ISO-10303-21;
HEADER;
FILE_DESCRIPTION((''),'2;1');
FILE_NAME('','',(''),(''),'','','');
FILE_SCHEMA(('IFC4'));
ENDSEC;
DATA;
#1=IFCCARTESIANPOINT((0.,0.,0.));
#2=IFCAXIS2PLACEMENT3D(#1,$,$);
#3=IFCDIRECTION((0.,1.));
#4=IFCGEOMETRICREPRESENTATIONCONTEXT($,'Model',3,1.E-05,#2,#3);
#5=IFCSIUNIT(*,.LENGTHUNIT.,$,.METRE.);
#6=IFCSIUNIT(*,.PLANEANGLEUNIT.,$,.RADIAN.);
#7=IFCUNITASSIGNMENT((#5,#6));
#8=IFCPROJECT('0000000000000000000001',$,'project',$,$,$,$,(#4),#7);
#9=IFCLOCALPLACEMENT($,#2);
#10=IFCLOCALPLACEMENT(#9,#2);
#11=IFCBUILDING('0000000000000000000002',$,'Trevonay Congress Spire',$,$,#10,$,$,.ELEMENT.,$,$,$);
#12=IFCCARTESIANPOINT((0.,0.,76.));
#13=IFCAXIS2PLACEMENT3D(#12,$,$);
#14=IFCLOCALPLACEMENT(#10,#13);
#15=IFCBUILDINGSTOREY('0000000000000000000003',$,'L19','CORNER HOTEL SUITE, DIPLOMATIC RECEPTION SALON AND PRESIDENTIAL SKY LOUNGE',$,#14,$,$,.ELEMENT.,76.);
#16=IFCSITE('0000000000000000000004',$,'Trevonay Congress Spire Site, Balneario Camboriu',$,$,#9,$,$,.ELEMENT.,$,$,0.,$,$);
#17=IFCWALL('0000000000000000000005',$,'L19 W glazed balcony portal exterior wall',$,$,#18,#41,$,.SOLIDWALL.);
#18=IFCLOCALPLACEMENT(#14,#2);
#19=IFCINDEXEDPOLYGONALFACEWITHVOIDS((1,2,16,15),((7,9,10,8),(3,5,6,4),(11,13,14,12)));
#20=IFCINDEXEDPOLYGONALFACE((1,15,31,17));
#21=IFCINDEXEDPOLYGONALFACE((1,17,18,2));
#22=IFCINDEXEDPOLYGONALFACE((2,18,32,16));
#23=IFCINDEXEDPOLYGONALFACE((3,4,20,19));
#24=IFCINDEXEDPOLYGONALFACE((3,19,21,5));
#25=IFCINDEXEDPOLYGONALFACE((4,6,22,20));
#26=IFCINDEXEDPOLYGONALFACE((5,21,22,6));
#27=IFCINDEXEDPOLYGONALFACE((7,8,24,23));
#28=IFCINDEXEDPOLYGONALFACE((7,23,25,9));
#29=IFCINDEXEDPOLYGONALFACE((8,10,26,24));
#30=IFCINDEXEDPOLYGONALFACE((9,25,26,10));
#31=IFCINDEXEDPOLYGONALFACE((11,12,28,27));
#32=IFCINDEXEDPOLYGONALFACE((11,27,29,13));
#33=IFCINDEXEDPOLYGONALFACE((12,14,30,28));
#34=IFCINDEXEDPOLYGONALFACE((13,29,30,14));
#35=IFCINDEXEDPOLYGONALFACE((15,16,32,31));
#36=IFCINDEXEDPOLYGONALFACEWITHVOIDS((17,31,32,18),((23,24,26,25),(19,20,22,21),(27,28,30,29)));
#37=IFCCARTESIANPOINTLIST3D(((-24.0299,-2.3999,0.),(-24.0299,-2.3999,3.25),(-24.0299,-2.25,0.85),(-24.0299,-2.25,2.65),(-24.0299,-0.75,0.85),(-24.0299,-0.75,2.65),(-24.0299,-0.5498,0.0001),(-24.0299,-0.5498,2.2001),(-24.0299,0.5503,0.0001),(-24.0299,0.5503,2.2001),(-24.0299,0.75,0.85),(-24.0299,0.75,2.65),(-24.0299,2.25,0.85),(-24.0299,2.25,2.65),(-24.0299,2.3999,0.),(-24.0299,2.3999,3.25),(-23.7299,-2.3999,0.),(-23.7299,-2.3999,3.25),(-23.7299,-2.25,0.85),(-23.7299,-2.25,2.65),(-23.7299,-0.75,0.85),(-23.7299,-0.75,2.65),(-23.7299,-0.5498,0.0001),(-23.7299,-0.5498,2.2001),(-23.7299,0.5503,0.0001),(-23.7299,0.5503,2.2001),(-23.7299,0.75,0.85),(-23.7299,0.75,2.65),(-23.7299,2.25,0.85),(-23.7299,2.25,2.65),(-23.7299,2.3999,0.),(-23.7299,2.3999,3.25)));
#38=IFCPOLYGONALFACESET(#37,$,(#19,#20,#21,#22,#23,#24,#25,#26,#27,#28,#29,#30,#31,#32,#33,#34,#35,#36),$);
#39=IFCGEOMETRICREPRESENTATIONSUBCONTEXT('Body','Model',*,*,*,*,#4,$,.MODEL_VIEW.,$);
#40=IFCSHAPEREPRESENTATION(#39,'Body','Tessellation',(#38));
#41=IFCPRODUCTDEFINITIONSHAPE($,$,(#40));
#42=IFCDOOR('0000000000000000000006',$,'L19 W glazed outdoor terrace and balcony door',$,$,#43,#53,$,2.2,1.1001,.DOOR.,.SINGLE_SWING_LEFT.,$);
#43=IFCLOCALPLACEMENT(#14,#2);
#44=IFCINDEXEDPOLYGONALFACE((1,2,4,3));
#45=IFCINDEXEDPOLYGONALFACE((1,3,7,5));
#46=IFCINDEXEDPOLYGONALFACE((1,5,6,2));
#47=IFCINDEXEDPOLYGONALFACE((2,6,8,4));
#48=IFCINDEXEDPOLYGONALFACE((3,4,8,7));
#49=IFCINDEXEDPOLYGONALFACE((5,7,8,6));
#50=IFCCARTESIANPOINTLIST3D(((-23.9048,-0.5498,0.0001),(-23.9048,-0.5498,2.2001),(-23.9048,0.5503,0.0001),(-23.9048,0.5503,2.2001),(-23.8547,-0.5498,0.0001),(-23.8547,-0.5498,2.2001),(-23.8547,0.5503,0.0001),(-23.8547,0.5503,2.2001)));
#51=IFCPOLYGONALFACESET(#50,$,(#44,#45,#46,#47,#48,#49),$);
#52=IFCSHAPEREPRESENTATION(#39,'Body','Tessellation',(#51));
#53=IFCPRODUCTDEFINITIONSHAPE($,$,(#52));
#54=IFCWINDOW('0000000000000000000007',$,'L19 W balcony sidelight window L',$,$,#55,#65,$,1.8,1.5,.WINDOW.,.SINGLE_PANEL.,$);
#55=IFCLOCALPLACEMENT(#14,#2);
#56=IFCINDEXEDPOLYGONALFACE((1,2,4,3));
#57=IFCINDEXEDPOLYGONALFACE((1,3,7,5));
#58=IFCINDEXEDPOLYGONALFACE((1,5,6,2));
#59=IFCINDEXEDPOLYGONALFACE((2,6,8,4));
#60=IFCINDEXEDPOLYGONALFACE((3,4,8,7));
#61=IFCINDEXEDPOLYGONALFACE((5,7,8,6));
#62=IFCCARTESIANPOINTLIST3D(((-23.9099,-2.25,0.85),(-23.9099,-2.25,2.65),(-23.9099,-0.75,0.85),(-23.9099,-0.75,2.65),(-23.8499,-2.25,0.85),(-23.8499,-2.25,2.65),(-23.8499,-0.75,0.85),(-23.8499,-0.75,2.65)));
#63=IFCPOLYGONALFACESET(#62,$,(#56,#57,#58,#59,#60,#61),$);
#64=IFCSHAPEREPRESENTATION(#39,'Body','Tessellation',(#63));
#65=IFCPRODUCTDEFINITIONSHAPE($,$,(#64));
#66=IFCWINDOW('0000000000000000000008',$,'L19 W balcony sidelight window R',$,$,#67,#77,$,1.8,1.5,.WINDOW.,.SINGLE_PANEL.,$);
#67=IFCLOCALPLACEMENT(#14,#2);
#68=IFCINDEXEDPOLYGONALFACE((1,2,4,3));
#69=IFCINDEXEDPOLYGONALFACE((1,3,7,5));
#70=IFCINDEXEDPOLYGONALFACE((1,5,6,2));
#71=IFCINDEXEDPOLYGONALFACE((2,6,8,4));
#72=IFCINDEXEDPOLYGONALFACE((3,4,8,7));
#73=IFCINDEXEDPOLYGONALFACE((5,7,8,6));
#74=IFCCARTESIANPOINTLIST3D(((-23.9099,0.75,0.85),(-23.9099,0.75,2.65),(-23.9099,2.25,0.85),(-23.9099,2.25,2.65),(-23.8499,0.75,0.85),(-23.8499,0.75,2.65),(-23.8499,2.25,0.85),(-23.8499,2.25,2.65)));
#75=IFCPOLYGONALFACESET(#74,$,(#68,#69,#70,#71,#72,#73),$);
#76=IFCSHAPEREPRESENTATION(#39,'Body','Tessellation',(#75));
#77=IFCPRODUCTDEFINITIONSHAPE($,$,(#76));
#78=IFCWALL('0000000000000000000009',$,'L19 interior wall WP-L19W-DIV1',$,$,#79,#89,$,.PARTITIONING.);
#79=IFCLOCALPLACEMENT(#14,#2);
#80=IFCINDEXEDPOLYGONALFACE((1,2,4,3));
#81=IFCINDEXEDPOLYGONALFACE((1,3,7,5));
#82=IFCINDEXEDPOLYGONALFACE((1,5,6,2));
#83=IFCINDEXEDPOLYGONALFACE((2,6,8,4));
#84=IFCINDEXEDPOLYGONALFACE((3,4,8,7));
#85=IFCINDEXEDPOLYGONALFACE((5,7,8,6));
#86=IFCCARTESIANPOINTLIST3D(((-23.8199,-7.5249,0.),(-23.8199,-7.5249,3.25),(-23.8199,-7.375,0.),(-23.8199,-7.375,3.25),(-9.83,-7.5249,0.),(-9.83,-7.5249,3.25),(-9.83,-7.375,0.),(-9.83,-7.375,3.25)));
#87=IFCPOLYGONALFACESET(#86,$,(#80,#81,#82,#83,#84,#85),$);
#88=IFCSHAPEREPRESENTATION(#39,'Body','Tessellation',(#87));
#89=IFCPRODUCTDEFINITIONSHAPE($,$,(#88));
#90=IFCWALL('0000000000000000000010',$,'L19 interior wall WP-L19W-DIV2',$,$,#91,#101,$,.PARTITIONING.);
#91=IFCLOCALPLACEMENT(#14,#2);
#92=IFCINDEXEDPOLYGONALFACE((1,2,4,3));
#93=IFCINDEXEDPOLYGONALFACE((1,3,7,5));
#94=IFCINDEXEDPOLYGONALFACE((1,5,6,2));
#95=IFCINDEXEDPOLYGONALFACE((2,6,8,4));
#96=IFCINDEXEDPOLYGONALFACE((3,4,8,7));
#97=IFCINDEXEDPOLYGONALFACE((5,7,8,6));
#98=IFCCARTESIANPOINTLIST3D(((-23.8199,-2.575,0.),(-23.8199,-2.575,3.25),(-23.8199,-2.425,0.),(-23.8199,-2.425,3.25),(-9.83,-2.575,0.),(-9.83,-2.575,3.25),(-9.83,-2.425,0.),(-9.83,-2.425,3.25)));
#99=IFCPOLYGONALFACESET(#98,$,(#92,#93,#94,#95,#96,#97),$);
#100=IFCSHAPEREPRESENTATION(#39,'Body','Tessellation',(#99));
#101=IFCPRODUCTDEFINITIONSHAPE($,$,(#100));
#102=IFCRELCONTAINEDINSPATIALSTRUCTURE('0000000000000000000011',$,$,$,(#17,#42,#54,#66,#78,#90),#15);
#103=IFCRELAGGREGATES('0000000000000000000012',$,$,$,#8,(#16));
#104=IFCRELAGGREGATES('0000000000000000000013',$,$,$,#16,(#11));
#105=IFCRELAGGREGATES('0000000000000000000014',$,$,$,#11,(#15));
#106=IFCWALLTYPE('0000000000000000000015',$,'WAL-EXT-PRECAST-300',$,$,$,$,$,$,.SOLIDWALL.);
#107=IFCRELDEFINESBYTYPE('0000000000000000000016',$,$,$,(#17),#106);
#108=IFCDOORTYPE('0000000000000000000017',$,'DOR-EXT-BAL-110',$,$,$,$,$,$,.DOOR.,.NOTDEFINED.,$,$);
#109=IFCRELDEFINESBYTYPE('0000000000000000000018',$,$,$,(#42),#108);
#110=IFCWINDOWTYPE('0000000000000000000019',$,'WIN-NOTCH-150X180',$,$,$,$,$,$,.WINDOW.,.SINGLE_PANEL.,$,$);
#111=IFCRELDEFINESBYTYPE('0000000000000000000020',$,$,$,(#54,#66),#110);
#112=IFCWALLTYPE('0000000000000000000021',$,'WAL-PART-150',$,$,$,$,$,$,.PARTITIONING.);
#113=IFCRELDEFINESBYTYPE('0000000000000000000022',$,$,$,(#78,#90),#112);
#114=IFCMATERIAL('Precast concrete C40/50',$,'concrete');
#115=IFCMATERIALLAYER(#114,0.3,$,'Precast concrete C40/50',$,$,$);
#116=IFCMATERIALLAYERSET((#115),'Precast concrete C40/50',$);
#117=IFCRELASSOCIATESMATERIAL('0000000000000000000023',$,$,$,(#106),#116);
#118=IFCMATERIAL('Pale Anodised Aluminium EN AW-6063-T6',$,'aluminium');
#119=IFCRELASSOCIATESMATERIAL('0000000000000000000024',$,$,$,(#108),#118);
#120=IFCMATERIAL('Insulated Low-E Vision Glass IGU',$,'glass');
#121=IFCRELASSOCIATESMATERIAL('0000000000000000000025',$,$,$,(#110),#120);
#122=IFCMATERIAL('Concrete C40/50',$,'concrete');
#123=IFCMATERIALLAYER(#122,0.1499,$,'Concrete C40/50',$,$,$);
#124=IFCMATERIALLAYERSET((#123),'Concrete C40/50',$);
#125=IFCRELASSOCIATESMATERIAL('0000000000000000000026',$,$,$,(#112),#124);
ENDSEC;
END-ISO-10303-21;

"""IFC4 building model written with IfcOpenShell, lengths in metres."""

from ifc_helpers import new_model, si_unit, direction, frame, frame_2d, origin, place, context, subcontext, project, spatial, rectangle, extrude, material, layer, layer_set, type_object, element, fill, save


model = new_model("IFC4")

# Units and contexts
model_context = context("Model", 3, precision=1e-05, world=origin(), true_north=direction((0.0, 1.0)))
body_context = subcontext(model_context, "Body", "Model", "MODEL_VIEW")
ifc_project = project(units=[si_unit("LENGTHUNIT", "METRE"), si_unit("PLANEANGLEUNIT", "RADIAN")], contexts=[model_context])

# Site, building, storey
site_placement = place(None, origin())
site = spatial("IfcSite", under=ifc_project, at=site_placement, Name="Trevonay Congress Spire Site, Balneario Camboriu", CompositionType="ELEMENT", RefElevation=0.0)
building_placement = place(site_placement, origin())
building = spatial("IfcBuilding", under=site, at=building_placement, Name="Trevonay Congress Spire", CompositionType="ELEMENT")
storey_placement = place(building_placement, frame((0.0, 0.0, 76.0)))
storey = spatial("IfcBuildingStorey", under=building, at=storey_placement, Name="L19", Description="CORNER HOTEL SUITE, DIPLOMATIC RECEPTION SALON AND PRESIDENTIAL SKY LOUNGE", CompositionType="ELEMENT", Elevation=76.0)

# Shared definitions
ifc_material_1 = material(Name="Pale Anodised Aluminium EN AW-6063-T6", Category="aluminium")

# Shared definitions
ifc_material_2 = material(Name="Concrete C40/50", Category="concrete")

# Wall, openings, door, windows
ifc_material_3 = material(Name="Precast concrete C40/50", Category="concrete")
ifc_layer_1 = layer(ifc_material_3, 0.3, Name="Precast concrete C40/50")
ifc_layer_set_1 = layer_set([ifc_layer_1], Name="Precast concrete C40/50")
wall_type_1 = type_object("IfcWallType", Name="WAL-EXT-PRECAST-300", PredefinedType="SOLIDWALL", material=ifc_layer_set_1)
wall_1_placement = place(storey_placement, frame((-23.8799, -2.3999, 0.0), z_axis=(0.0, 0.0, 1.0), x_axis=(0.0, 1.0, 0.0)))
wall_1 = element("IfcWall", 1, at=wall_1_placement, inside=storey, type_object=wall_type_1, Name="L19 W glazed balcony portal exterior wall", PredefinedType="SOLIDWALL", context=body_context, shape_type="SweptSolid", body=[
    extrude(rectangle(XDim=4.7998, YDim=0.3, at=frame_2d((2.3999, 0.0))), origin(), (0.0, 0.0, 1.0), 3.25),
])
opening_1_placement = place(wall_1_placement, frame((1.8501, 0.0, 0.0)))
opening_1 = element("IfcOpeningElement", 2, at=opening_1_placement, cuts=wall_1, PredefinedType="OPENING", context=body_context, shape_type="SweptSolid", body=[
    extrude(rectangle(XDim=1.1001, YDim=2.2, at=frame_2d((0.55, 1.1001))), frame((0.0, 0.1602, 0.0), z_axis=(0.0, -1.0, 0.0), x_axis=(1.0, 0.0, 0.0)), (0.0, 0.0, 1.0), 0.3201),
])
opening_2_placement = place(wall_1_placement, frame((0.1499, 0.0, 0.8501)))
opening_2 = element("IfcOpeningElement", 3, at=opening_2_placement, cuts=wall_1, PredefinedType="OPENING", context=body_context, shape_type="SweptSolid", body=[
    extrude(rectangle(XDim=1.5, YDim=1.8, at=frame_2d((0.75, 0.8999))), frame((0.0, 0.1602, 0.0), z_axis=(0.0, -1.0, 0.0), x_axis=(1.0, 0.0, 0.0)), (0.0, 0.0, 1.0), 0.3201),
])
opening_3_placement = place(wall_1_placement, frame((3.1499, 0.0, 0.8501)))
opening_3 = element("IfcOpeningElement", 4, at=opening_3_placement, cuts=wall_1, PredefinedType="OPENING", context=body_context, shape_type="SweptSolid", body=[
    extrude(rectangle(XDim=1.5, YDim=1.8, at=frame_2d((0.75, 0.8999))), frame((0.0, 0.1602, 0.0), z_axis=(0.0, -1.0, 0.0), x_axis=(1.0, 0.0, 0.0)), (0.0, 0.0, 1.0), 0.3201),
])
door_type_1 = type_object("IfcDoorType", Name="DOR-EXT-BAL-110", OperationType="NOTDEFINED", PredefinedType="DOOR", material=ifc_material_1)
door_1_placement = place(opening_1_placement, origin())
door_1 = element("IfcDoor", 5, at=door_1_placement, inside=storey, type_object=door_type_1, Name="L19 W glazed outdoor terrace and balcony door", OperationType="SINGLE_SWING_LEFT", OverallHeight=2.2, OverallWidth=1.1001, PredefinedType="DOOR", context=body_context, shape_type="SweptSolid", body=[
    extrude(rectangle(XDim=1.1001, YDim=2.2, at=frame_2d((0.55, 1.1001))), frame((0.0, 0.0249, 0.0), z_axis=(0.0, -1.0, 0.0), x_axis=(1.0, 0.0, 0.0)), (0.0, 0.0, 1.0), 0.05),
])
fill(opening_1, door_1)
ifc_material_4 = material(Name="Insulated Low-E Vision Glass IGU", Category="glass")
window_type = type_object("IfcWindowType", Name="WIN-NOTCH-150X180", PartitioningType="SINGLE_PANEL", PredefinedType="WINDOW", material=ifc_material_4)
window_1_placement = place(opening_2_placement, origin())
window_1 = element("IfcWindow", 6, at=window_1_placement, inside=storey, type_object=window_type, Name="L19 W balcony sidelight window L", OverallHeight=1.8, OverallWidth=1.5, PartitioningType="SINGLE_PANEL", PredefinedType="WINDOW", context=body_context, shape_type="SweptSolid", body=[
    extrude(rectangle(XDim=1.5, YDim=1.8, at=frame_2d((0.75, 0.8999))), frame((0.0, 0.03, 0.0), z_axis=(0.0, -1.0, 0.0), x_axis=(1.0, 0.0, 0.0)), (0.0, 0.0, 1.0), 0.0601),
])
fill(opening_2, window_1)
window_2_placement = place(opening_3_placement, origin())
window_2 = element("IfcWindow", 7, at=window_2_placement, inside=storey, type_object=window_type, Name="L19 W balcony sidelight window R", OverallHeight=1.8, OverallWidth=1.5, PartitioningType="SINGLE_PANEL", PredefinedType="WINDOW", context=body_context, shape_type="SweptSolid", body=[
    extrude(rectangle(XDim=1.5, YDim=1.8, at=frame_2d((0.75, 0.8999))), frame((0.0, 0.03, 0.0), z_axis=(0.0, -1.0, 0.0), x_axis=(1.0, 0.0, 0.0)), (0.0, 0.0, 1.0), 0.0601),
])
fill(opening_3, window_2)

# Walls
ifc_layer_2 = layer(ifc_material_2, 0.1499, Name="Concrete C40/50")
ifc_layer_set_2 = layer_set([ifc_layer_2], Name="Concrete C40/50")
wall_type_2 = type_object("IfcWallType", Name="WAL-PART-150", PredefinedType="PARTITIONING", material=ifc_layer_set_2)
for number, where, z_axis, x_axis, name in (
    (8, (-23.8201, -7.45, 0.0), (0.0, 0.0, 1.0), (1.0, 0.0, 0.0), "L19 interior wall WP-L19W-DIV1"),
    (9, (-23.8201, -2.5, 0.0), (0.0, 0.0, 1.0), (1.0, 0.0, 0.0), "L19 interior wall WP-L19W-DIV2"),
):
    element("IfcWall", number, at=place(storey_placement, frame(where, z_axis=z_axis, x_axis=x_axis)), inside=storey, type_object=wall_type_2, Name=name, PredefinedType="PARTITIONING", context=body_context, shape_type="SweptSolid", body=[
        extrude(rectangle(XDim=13.99, YDim=0.1499, at=frame_2d((6.9951, 0.0))), origin(), (0.0, 0.0, 1.0), 3.25),
    ])

save(model, "model.ifc")
